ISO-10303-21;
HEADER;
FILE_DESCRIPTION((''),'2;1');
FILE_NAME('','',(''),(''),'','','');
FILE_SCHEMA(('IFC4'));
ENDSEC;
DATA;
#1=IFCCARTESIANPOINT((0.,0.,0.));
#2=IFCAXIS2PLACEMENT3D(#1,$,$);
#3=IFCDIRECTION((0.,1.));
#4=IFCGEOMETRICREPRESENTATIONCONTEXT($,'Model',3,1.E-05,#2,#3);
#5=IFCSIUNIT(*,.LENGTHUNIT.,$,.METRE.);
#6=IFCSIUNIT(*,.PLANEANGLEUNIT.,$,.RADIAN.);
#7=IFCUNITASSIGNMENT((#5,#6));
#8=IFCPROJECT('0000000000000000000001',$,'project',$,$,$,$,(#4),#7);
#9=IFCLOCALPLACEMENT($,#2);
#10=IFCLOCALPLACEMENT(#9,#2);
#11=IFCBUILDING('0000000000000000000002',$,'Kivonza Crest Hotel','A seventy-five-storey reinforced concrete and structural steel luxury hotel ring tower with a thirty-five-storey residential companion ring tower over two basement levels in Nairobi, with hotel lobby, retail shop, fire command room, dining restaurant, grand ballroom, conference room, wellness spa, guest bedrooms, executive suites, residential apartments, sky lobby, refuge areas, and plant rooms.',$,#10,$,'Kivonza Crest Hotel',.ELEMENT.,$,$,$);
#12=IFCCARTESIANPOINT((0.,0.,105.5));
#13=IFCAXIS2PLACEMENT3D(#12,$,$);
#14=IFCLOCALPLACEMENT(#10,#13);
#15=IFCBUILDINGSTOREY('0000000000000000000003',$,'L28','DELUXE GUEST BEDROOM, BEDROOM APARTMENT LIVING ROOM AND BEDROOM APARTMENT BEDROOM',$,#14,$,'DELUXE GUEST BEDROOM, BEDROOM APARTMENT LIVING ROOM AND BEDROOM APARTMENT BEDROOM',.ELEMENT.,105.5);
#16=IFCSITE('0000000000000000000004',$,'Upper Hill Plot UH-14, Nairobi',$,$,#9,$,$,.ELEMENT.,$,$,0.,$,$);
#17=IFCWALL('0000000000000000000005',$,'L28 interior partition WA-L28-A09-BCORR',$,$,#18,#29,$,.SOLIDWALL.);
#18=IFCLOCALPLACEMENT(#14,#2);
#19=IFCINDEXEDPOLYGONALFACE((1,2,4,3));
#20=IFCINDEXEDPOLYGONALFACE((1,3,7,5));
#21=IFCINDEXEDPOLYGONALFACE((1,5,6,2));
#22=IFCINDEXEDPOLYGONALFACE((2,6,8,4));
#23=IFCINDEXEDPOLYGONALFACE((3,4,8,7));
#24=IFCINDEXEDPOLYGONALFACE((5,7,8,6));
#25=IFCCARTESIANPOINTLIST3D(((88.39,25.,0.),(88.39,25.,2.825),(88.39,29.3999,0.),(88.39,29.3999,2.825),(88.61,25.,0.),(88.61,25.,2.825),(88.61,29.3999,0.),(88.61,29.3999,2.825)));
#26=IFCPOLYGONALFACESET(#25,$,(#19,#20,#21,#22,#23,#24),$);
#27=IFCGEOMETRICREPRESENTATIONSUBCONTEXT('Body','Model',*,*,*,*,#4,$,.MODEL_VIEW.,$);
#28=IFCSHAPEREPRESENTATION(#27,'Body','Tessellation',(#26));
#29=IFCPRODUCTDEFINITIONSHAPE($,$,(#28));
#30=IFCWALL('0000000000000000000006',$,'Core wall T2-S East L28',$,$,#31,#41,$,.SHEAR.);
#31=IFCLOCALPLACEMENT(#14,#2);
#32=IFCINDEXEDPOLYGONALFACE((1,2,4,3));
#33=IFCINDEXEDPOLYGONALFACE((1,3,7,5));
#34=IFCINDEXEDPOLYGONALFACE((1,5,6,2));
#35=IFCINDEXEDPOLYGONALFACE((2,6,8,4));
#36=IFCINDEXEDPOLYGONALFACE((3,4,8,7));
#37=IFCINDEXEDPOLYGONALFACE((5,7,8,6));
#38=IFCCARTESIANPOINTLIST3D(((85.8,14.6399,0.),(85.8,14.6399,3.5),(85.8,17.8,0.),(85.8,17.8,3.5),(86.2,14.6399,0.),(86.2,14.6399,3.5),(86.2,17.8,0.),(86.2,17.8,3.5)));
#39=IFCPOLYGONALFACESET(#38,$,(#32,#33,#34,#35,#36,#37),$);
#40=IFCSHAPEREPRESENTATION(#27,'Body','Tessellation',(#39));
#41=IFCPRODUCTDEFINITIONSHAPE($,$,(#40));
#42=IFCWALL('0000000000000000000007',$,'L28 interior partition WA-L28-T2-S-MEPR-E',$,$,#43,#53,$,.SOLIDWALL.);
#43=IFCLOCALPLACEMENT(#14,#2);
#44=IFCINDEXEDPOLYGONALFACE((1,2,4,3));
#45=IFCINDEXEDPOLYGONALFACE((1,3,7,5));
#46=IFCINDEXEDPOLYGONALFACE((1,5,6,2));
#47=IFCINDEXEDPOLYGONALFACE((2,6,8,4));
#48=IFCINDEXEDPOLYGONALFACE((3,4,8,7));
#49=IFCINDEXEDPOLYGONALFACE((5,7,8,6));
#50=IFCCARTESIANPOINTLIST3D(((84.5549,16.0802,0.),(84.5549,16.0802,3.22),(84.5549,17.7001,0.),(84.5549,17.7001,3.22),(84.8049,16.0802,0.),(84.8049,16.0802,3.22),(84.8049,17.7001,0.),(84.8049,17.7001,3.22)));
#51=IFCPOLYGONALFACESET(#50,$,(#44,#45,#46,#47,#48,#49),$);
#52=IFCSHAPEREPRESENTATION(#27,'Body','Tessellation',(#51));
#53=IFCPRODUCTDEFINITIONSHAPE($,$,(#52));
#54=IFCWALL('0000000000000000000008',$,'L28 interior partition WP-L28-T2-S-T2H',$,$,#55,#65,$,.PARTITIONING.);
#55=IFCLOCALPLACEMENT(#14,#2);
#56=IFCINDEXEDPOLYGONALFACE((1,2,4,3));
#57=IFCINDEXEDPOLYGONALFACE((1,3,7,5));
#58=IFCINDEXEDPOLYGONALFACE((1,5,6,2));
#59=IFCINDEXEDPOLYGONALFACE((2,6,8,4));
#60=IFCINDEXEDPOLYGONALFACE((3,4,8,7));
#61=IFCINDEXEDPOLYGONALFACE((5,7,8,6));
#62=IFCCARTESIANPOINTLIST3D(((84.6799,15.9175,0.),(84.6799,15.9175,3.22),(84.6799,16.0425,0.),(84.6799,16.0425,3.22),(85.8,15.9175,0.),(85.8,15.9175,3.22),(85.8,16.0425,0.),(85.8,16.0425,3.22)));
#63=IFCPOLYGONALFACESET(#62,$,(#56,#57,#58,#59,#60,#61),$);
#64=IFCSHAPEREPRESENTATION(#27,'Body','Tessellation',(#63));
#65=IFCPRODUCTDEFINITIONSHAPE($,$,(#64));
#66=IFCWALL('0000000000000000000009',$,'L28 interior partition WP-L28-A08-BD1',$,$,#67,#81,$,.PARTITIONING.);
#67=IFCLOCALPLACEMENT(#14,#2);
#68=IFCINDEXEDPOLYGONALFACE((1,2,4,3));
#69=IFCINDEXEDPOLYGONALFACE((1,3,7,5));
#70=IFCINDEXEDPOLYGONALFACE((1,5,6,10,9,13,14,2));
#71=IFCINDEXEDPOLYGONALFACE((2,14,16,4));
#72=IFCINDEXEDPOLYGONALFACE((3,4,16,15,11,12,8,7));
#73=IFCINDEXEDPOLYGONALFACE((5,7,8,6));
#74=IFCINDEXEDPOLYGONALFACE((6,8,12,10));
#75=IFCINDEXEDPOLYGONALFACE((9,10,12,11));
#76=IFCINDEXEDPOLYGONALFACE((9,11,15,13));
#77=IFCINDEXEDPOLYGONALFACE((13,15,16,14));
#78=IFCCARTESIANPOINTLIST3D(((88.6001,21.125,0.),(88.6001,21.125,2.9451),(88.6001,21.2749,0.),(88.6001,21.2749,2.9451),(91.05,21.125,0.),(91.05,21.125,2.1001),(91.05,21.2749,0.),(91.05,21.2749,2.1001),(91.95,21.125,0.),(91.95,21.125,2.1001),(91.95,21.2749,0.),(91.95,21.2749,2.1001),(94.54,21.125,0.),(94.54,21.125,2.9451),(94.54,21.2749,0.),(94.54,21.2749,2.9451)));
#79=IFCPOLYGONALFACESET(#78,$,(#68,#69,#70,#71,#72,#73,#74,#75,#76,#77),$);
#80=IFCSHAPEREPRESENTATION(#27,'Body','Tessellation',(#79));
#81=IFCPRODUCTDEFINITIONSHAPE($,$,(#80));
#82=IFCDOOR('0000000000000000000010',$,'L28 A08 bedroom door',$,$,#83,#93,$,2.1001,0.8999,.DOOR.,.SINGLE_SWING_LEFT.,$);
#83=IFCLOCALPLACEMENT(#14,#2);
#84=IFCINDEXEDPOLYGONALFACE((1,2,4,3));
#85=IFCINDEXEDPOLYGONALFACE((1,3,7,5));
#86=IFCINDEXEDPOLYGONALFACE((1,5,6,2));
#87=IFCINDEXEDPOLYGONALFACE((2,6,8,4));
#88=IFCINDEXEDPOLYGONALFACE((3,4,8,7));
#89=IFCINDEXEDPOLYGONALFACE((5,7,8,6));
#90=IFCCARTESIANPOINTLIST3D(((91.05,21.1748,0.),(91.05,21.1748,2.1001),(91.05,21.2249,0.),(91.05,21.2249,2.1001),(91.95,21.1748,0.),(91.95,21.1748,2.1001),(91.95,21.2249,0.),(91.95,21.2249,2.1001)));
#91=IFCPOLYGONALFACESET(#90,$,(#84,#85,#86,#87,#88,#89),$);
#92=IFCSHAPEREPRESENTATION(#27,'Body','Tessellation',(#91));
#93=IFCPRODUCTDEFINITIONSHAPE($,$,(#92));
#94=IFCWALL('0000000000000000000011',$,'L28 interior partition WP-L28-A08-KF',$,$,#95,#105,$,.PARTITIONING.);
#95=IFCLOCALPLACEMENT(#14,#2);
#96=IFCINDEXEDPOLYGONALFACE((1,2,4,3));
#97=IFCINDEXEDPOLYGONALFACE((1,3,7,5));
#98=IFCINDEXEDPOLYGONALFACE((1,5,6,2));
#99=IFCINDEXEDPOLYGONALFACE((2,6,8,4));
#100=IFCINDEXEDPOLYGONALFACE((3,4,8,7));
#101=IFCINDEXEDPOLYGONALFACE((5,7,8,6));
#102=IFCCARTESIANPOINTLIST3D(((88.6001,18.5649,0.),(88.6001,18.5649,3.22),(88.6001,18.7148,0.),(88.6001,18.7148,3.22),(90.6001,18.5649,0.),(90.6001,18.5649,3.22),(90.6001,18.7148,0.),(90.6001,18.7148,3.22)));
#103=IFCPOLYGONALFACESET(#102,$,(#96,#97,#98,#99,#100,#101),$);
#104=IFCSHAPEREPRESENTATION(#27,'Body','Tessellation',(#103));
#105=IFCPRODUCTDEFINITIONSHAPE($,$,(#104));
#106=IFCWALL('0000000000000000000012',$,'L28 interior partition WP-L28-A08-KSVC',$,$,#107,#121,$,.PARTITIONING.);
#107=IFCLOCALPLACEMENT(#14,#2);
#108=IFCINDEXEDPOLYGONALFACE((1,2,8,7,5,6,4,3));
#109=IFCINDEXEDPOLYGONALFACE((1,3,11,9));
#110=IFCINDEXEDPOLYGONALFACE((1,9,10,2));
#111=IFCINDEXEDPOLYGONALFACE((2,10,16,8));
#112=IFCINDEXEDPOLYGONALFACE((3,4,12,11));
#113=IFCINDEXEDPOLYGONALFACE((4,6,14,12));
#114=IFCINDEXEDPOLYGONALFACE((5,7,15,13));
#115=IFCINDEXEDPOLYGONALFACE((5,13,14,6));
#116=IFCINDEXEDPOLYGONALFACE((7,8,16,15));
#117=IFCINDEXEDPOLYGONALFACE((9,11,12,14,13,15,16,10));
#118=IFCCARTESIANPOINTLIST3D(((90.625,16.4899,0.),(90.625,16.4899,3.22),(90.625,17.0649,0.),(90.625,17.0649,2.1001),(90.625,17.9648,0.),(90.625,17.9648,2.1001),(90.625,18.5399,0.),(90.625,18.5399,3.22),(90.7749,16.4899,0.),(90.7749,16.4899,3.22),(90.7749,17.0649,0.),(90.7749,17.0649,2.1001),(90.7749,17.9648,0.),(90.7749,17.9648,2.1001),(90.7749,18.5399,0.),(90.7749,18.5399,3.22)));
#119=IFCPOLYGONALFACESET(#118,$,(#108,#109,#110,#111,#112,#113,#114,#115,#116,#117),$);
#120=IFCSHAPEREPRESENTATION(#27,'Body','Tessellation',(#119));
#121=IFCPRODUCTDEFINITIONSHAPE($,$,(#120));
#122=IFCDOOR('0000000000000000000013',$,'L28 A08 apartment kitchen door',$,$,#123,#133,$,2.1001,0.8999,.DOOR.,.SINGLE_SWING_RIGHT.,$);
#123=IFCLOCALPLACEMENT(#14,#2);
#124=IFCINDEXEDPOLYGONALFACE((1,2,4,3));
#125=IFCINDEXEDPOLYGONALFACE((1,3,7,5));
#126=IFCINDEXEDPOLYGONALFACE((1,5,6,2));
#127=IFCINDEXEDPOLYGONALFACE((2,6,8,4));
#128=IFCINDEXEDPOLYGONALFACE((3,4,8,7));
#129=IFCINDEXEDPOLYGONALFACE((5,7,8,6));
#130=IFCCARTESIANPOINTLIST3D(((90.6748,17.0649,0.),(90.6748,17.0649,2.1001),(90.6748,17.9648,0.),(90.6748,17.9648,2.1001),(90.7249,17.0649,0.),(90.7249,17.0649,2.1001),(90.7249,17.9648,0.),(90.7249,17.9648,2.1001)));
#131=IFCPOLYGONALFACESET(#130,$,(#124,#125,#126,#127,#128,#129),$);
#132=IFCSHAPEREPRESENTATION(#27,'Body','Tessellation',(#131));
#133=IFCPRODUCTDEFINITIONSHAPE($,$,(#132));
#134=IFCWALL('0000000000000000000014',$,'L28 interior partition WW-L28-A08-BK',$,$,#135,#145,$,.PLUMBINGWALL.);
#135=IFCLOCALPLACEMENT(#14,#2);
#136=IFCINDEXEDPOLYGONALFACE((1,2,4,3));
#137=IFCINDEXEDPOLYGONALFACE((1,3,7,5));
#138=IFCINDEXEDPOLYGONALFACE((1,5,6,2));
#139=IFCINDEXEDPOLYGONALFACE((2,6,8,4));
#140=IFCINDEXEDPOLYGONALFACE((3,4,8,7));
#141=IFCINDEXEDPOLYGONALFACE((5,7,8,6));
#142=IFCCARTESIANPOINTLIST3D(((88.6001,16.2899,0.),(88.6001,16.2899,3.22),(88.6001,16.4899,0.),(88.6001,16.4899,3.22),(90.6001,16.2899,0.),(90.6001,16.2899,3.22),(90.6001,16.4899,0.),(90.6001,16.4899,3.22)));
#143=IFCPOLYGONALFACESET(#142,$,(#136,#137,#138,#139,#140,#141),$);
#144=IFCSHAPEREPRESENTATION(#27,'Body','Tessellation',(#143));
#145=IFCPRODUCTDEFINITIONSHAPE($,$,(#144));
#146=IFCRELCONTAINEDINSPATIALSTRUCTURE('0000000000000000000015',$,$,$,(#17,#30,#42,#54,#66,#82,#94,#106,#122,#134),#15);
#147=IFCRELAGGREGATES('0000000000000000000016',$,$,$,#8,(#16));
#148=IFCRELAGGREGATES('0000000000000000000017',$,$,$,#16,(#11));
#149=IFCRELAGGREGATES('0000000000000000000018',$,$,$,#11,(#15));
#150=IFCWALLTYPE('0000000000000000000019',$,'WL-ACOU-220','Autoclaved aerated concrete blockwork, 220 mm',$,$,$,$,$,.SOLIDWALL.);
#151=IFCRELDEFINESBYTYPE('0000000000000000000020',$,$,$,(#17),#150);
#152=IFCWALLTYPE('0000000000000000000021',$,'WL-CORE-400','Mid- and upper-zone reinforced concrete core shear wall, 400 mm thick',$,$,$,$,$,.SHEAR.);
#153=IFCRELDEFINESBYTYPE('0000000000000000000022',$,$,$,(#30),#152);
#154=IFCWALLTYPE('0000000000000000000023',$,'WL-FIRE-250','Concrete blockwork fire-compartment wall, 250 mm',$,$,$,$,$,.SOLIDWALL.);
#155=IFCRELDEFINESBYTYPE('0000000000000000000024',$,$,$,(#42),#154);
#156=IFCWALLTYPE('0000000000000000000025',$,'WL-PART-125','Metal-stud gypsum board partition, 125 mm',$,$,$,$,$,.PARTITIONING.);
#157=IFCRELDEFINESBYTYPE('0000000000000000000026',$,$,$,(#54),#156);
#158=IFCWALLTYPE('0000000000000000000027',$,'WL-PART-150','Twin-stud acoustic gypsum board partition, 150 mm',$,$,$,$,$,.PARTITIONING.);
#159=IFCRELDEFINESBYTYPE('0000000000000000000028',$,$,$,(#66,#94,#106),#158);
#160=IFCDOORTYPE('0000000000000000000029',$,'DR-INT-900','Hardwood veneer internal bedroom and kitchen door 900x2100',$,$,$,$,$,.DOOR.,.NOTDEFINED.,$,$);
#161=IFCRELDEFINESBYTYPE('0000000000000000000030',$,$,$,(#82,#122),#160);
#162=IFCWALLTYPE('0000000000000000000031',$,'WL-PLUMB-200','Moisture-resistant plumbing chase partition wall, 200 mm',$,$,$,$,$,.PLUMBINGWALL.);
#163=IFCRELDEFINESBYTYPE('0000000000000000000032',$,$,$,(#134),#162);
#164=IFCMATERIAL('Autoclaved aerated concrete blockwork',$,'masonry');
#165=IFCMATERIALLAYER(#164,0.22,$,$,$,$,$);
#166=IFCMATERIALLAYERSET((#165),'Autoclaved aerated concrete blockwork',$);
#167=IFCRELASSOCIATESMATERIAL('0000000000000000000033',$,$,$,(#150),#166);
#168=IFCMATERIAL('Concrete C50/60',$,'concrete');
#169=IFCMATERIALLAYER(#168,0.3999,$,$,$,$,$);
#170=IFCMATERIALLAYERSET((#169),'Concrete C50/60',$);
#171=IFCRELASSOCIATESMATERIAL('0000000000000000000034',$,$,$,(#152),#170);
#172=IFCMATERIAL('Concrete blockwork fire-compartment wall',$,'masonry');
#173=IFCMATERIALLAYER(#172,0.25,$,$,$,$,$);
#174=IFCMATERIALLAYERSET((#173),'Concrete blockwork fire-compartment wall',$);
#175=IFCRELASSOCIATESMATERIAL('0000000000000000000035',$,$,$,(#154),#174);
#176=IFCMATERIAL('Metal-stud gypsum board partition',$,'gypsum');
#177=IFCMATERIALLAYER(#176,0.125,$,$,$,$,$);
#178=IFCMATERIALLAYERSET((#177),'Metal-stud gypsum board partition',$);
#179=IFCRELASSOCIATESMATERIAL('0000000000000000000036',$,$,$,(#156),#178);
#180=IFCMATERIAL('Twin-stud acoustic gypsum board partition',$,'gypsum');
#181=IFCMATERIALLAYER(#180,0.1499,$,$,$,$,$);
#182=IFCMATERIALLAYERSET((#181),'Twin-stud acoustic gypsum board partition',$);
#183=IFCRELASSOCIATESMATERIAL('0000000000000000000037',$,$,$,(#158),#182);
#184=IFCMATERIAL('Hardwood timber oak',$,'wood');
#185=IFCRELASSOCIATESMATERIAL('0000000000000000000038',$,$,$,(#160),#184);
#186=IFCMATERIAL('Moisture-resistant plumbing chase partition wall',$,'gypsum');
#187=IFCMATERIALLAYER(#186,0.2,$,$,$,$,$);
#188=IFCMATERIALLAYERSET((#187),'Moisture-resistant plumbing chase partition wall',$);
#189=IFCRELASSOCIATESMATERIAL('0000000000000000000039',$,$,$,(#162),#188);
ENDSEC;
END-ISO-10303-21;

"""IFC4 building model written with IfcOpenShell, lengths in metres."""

from ifc_helpers import new_model, si_unit, direction, frame, frame_2d, origin, place, context, subcontext, project, spatial, rectangle, extrude, material, layer, layer_set, type_object, element, fill, save


model = new_model("IFC4")

# Units and contexts
model_context = context("Model", 3, precision=1e-05, world=origin(), true_north=direction((0.0, 1.0)))
body_context = subcontext(model_context, "Body", "Model", "MODEL_VIEW")
ifc_project = project(units=[si_unit("LENGTHUNIT", "METRE"), si_unit("PLANEANGLEUNIT", "RADIAN")], contexts=[model_context])

# Site, building, storey
site_placement = place(None, origin())
site = spatial("IfcSite", under=ifc_project, at=site_placement, Name="Upper Hill Plot UH-14, Nairobi", CompositionType="ELEMENT", RefElevation=0.0)
building_placement = place(site_placement, origin())
building = spatial("IfcBuilding", under=site, at=building_placement, Name="Kivonza Crest Hotel", Description="A seventy-five-storey reinforced concrete and structural steel luxury hotel ring tower with a thirty-five-storey residential companion ring tower over two basement levels in Nairobi, with hotel lobby, retail shop, fire command room, dining restaurant, grand ballroom, conference room, wellness spa, guest bedrooms, executive suites, residential apartments, sky lobby, refuge areas, and plant rooms.", LongName="Kivonza Crest Hotel", CompositionType="ELEMENT")
storey_placement = place(building_placement, frame((0.0, 0.0, 105.5)))
storey = spatial("IfcBuildingStorey", under=building, at=storey_placement, Name="L28", Description="DELUXE GUEST BEDROOM, BEDROOM APARTMENT LIVING ROOM AND BEDROOM APARTMENT BEDROOM", LongName="DELUXE GUEST BEDROOM, BEDROOM APARTMENT LIVING ROOM AND BEDROOM APARTMENT BEDROOM", CompositionType="ELEMENT", Elevation=105.5)

# Shared definitions
ifc_material_1 = material(Name="Concrete C50/60", Category="concrete")

# Shared definitions
ifc_material_2 = material(Name="Autoclaved aerated concrete blockwork", Category="masonry")
ifc_layer_1 = layer(ifc_material_2, 0.22)
ifc_layer_set_1 = layer_set([ifc_layer_1], Name="Autoclaved aerated concrete blockwork")
wall_type_1 = type_object("IfcWallType", Name="WL-ACOU-220", Description="Autoclaved aerated concrete blockwork, 220 mm", PredefinedType="SOLIDWALL", material=ifc_layer_set_1)
ifc_material_3 = material(Name="Hardwood timber oak", Category="wood")

# Walls
wall_1_placement = place(storey_placement, frame((88.5, 25.0, 0.0), z_axis=(0.0, 0.0, 1.0), x_axis=(0.0, 1.0, 0.0)))
element("IfcWall", 1, at=wall_1_placement, inside=storey, type_object=wall_type_1, Name="L28 interior partition WA-L28-A09-BCORR", PredefinedType="SOLIDWALL", context=body_context, shape_type="SweptSolid", body=[
    extrude(rectangle(XDim=4.3999, YDim=0.22, at=frame_2d((2.2, 0.0))), origin(), (0.0, 0.0, 1.0), 2.825),
])
ifc_layer_2 = layer(ifc_material_1, 0.3999)
ifc_layer_set_2 = layer_set([ifc_layer_2], Name="Concrete C50/60")
wall_type_2 = type_object("IfcWallType", Name="WL-CORE-400", Description="Mid- and upper-zone reinforced concrete core shear wall, 400 mm thick", PredefinedType="SHEAR", material=ifc_layer_set_2)
wall_2_placement = place(storey_placement, frame((86.0, 14.6399, 0.0), z_axis=(0.0, 0.0, 1.0), x_axis=(0.0, 1.0, 0.0)))
element("IfcWall", 2, at=wall_2_placement, inside=storey, type_object=wall_type_2, Name="Core wall T2-S East L28", PredefinedType="SHEAR", context=body_context, shape_type="SweptSolid", body=[
    extrude(rectangle(XDim=3.1602, YDim=0.3999, at=frame_2d((1.5801, 0.0))), origin(), (0.0, 0.0, 1.0), 3.5),
])
ifc_material_4 = material(Name="Concrete blockwork fire-compartment wall", Category="masonry")
ifc_layer_3 = layer(ifc_material_4, 0.25)
ifc_layer_set_3 = layer_set([ifc_layer_3], Name="Concrete blockwork fire-compartment wall")
wall_type_3 = type_object("IfcWallType", Name="WL-FIRE-250", Description="Concrete blockwork fire-compartment wall, 250 mm", PredefinedType="SOLIDWALL", material=ifc_layer_set_3)
wall_3_placement = place(storey_placement, frame((84.6799, 16.0801, 0.0), z_axis=(0.0, 0.0, 1.0), x_axis=(0.0, 1.0, 0.0)))
element("IfcWall", 3, at=wall_3_placement, inside=storey, type_object=wall_type_3, Name="L28 interior partition WA-L28-T2-S-MEPR-E", PredefinedType="SOLIDWALL", context=body_context, shape_type="SweptSolid", body=[
    extrude(rectangle(XDim=1.6199, YDim=0.25, at=frame_2d((0.8101, 0.0))), origin(), (0.0, 0.0, 1.0), 3.22),
])
ifc_material_5 = material(Name="Metal-stud gypsum board partition", Category="gypsum")
ifc_layer_4 = layer(ifc_material_5, 0.125)
ifc_layer_set_4 = layer_set([ifc_layer_4], Name="Metal-stud gypsum board partition")
wall_type_4 = type_object("IfcWallType", Name="WL-PART-125", Description="Metal-stud gypsum board partition, 125 mm", PredefinedType="PARTITIONING", material=ifc_layer_set_4)
wall_4_placement = place(storey_placement, frame((84.6799, 15.98, 0.0), z_axis=(0.0, 0.0, 1.0), x_axis=(1.0, 0.0, 0.0)))
element("IfcWall", 4, at=wall_4_placement, inside=storey, type_object=wall_type_4, Name="L28 interior partition WP-L28-T2-S-T2H", PredefinedType="PARTITIONING", context=body_context, shape_type="SweptSolid", body=[
    extrude(rectangle(XDim=1.1201, YDim=0.125, at=frame_2d((0.5601, 0.0))), origin(), (0.0, 0.0, 1.0), 3.22),
])

# Wall, opening, door
ifc_material_6 = material(Name="Twin-stud acoustic gypsum board partition", Category="gypsum")
ifc_layer_5 = layer(ifc_material_6, 0.1499)
ifc_layer_set_5 = layer_set([ifc_layer_5], Name="Twin-stud acoustic gypsum board partition")
wall_type_5 = type_object("IfcWallType", Name="WL-PART-150", Description="Twin-stud acoustic gypsum board partition, 150 mm", PredefinedType="PARTITIONING", material=ifc_layer_set_5)
wall_5_placement = place(storey_placement, frame((88.6001, 21.2, 0.0), z_axis=(0.0, 0.0, 1.0), x_axis=(1.0, 0.0, 0.0)))
wall_5 = element("IfcWall", 5, at=wall_5_placement, inside=storey, type_object=wall_type_5, Name="L28 interior partition WP-L28-A08-BD1", PredefinedType="PARTITIONING", context=body_context, shape_type="SweptSolid", body=[
    extrude(rectangle(XDim=5.9399, YDim=0.1499, at=frame_2d((2.97, 0.0))), origin(), (0.0, 0.0, 1.0), 2.9451),
])
opening_1_placement = place(wall_5_placement, frame((2.45, 0.0, 0.0)))
opening_1 = element("IfcOpeningElement", 6, at=opening_1_placement, cuts=wall_5, PredefinedType="OPENING", context=body_context, shape_type="SweptSolid", body=[
    extrude(rectangle(XDim=0.8999, YDim=2.1001, at=frame_2d((0.45, 1.05))), frame((0.0, 0.085, 0.0), z_axis=(0.0, -1.0, 0.0), x_axis=(1.0, 0.0, 0.0)), (0.0, 0.0, 1.0), 0.1699),
])
door_type_1 = type_object("IfcDoorType", Name="DR-INT-900", Description="Hardwood veneer internal bedroom and kitchen door 900x2100", OperationType="NOTDEFINED", PredefinedType="DOOR", material=ifc_material_3)
door_1_placement = place(opening_1_placement, origin())
door_1 = element("IfcDoor", 7, at=door_1_placement, inside=storey, type_object=door_type_1, Name="L28 A08 bedroom door", OperationType="SINGLE_SWING_LEFT", OverallHeight=2.1001, OverallWidth=0.8999, PredefinedType="DOOR", context=body_context, shape_type="SweptSolid", body=[
    extrude(rectangle(XDim=0.8999, YDim=2.1001, at=frame_2d((0.45, 1.05))), frame((0.0, 0.0249, 0.0), z_axis=(0.0, -1.0, 0.0), x_axis=(1.0, 0.0, 0.0)), (0.0, 0.0, 1.0), 0.05),
])
fill(opening_1, door_1)

# Wall
wall_6_placement = place(storey_placement, frame((88.6001, 18.6399, 0.0), z_axis=(0.0, 0.0, 1.0), x_axis=(1.0, 0.0, 0.0)))
element("IfcWall", 8, at=wall_6_placement, inside=storey, type_object=wall_type_5, Name="L28 interior partition WP-L28-A08-KF", PredefinedType="PARTITIONING", context=body_context, shape_type="SweptSolid", body=[
    extrude(rectangle(XDim=2.0, YDim=0.1499, at=frame_2d((1.0, 0.0))), origin(), (0.0, 0.0, 1.0), 3.22),
])

# Wall, opening, door
wall_7_placement = place(storey_placement, frame((90.7, 16.49, 0.0), z_axis=(0.0, 0.0, 1.0), x_axis=(0.0, 1.0, 0.0)))
wall_7 = element("IfcWall", 9, at=wall_7_placement, inside=storey, type_object=wall_type_5, Name="L28 interior partition WP-L28-A08-KSVC", PredefinedType="PARTITIONING", context=body_context, shape_type="SweptSolid", body=[
    extrude(rectangle(XDim=2.05, YDim=0.1499, at=frame_2d((1.0249, 0.0))), origin(), (0.0, 0.0, 1.0), 3.22),
])
opening_2_placement = place(wall_7_placement, frame((0.575, 0.0, 0.0)))
opening_2 = element("IfcOpeningElement", 10, at=opening_2_placement, cuts=wall_7, PredefinedType="OPENING", context=body_context, shape_type="SweptSolid", body=[
    extrude(rectangle(XDim=0.8999, YDim=2.1001, at=frame_2d((0.45, 1.05))), frame((0.0, 0.085, 0.0), z_axis=(0.0, -1.0, 0.0), x_axis=(1.0, 0.0, 0.0)), (0.0, 0.0, 1.0), 0.1699),
])
door_2_placement = place(opening_2_placement, frame((0.8999, 0.0, 0.0), z_axis=(0.0, 0.0, 1.0), x_axis=(-1.0, 0.0, 0.0)))
door_2 = element("IfcDoor", 11, at=door_2_placement, inside=storey, type_object=door_type_1, Name="L28 A08 apartment kitchen door", OperationType="SINGLE_SWING_RIGHT", OverallHeight=2.1001, OverallWidth=0.8999, PredefinedType="DOOR", context=body_context, shape_type="SweptSolid", body=[
    extrude(rectangle(XDim=0.8999, YDim=2.1001, at=frame_2d((0.45, 1.05))), frame((0.0, 0.0249, 0.0), z_axis=(0.0, -1.0, 0.0), x_axis=(1.0, 0.0, 0.0)), (0.0, 0.0, 1.0), 0.05),
])
fill(opening_2, door_2)

# Wall
ifc_material_7 = material(Name="Moisture-resistant plumbing chase partition wall", Category="gypsum")
ifc_layer_6 = layer(ifc_material_7, 0.2)
ifc_layer_set_6 = layer_set([ifc_layer_6], Name="Moisture-resistant plumbing chase partition wall")
wall_type_6 = type_object("IfcWallType", Name="WL-PLUMB-200", Description="Moisture-resistant plumbing chase partition wall, 200 mm", PredefinedType="PLUMBINGWALL", material=ifc_layer_set_6)
wall_8_placement = place(storey_placement, frame((88.6001, 16.3899, 0.0), z_axis=(0.0, 0.0, 1.0), x_axis=(1.0, 0.0, 0.0)))
element("IfcWall", 12, at=wall_8_placement, inside=storey, type_object=wall_type_6, Name="L28 interior partition WW-L28-A08-BK", PredefinedType="PLUMBINGWALL", context=body_context, shape_type="SweptSolid", body=[
    extrude(rectangle(XDim=2.0, YDim=0.2, at=frame_2d((1.0, 0.0))), origin(), (0.0, 0.0, 1.0), 3.22),
])

save(model, "model.ifc")
